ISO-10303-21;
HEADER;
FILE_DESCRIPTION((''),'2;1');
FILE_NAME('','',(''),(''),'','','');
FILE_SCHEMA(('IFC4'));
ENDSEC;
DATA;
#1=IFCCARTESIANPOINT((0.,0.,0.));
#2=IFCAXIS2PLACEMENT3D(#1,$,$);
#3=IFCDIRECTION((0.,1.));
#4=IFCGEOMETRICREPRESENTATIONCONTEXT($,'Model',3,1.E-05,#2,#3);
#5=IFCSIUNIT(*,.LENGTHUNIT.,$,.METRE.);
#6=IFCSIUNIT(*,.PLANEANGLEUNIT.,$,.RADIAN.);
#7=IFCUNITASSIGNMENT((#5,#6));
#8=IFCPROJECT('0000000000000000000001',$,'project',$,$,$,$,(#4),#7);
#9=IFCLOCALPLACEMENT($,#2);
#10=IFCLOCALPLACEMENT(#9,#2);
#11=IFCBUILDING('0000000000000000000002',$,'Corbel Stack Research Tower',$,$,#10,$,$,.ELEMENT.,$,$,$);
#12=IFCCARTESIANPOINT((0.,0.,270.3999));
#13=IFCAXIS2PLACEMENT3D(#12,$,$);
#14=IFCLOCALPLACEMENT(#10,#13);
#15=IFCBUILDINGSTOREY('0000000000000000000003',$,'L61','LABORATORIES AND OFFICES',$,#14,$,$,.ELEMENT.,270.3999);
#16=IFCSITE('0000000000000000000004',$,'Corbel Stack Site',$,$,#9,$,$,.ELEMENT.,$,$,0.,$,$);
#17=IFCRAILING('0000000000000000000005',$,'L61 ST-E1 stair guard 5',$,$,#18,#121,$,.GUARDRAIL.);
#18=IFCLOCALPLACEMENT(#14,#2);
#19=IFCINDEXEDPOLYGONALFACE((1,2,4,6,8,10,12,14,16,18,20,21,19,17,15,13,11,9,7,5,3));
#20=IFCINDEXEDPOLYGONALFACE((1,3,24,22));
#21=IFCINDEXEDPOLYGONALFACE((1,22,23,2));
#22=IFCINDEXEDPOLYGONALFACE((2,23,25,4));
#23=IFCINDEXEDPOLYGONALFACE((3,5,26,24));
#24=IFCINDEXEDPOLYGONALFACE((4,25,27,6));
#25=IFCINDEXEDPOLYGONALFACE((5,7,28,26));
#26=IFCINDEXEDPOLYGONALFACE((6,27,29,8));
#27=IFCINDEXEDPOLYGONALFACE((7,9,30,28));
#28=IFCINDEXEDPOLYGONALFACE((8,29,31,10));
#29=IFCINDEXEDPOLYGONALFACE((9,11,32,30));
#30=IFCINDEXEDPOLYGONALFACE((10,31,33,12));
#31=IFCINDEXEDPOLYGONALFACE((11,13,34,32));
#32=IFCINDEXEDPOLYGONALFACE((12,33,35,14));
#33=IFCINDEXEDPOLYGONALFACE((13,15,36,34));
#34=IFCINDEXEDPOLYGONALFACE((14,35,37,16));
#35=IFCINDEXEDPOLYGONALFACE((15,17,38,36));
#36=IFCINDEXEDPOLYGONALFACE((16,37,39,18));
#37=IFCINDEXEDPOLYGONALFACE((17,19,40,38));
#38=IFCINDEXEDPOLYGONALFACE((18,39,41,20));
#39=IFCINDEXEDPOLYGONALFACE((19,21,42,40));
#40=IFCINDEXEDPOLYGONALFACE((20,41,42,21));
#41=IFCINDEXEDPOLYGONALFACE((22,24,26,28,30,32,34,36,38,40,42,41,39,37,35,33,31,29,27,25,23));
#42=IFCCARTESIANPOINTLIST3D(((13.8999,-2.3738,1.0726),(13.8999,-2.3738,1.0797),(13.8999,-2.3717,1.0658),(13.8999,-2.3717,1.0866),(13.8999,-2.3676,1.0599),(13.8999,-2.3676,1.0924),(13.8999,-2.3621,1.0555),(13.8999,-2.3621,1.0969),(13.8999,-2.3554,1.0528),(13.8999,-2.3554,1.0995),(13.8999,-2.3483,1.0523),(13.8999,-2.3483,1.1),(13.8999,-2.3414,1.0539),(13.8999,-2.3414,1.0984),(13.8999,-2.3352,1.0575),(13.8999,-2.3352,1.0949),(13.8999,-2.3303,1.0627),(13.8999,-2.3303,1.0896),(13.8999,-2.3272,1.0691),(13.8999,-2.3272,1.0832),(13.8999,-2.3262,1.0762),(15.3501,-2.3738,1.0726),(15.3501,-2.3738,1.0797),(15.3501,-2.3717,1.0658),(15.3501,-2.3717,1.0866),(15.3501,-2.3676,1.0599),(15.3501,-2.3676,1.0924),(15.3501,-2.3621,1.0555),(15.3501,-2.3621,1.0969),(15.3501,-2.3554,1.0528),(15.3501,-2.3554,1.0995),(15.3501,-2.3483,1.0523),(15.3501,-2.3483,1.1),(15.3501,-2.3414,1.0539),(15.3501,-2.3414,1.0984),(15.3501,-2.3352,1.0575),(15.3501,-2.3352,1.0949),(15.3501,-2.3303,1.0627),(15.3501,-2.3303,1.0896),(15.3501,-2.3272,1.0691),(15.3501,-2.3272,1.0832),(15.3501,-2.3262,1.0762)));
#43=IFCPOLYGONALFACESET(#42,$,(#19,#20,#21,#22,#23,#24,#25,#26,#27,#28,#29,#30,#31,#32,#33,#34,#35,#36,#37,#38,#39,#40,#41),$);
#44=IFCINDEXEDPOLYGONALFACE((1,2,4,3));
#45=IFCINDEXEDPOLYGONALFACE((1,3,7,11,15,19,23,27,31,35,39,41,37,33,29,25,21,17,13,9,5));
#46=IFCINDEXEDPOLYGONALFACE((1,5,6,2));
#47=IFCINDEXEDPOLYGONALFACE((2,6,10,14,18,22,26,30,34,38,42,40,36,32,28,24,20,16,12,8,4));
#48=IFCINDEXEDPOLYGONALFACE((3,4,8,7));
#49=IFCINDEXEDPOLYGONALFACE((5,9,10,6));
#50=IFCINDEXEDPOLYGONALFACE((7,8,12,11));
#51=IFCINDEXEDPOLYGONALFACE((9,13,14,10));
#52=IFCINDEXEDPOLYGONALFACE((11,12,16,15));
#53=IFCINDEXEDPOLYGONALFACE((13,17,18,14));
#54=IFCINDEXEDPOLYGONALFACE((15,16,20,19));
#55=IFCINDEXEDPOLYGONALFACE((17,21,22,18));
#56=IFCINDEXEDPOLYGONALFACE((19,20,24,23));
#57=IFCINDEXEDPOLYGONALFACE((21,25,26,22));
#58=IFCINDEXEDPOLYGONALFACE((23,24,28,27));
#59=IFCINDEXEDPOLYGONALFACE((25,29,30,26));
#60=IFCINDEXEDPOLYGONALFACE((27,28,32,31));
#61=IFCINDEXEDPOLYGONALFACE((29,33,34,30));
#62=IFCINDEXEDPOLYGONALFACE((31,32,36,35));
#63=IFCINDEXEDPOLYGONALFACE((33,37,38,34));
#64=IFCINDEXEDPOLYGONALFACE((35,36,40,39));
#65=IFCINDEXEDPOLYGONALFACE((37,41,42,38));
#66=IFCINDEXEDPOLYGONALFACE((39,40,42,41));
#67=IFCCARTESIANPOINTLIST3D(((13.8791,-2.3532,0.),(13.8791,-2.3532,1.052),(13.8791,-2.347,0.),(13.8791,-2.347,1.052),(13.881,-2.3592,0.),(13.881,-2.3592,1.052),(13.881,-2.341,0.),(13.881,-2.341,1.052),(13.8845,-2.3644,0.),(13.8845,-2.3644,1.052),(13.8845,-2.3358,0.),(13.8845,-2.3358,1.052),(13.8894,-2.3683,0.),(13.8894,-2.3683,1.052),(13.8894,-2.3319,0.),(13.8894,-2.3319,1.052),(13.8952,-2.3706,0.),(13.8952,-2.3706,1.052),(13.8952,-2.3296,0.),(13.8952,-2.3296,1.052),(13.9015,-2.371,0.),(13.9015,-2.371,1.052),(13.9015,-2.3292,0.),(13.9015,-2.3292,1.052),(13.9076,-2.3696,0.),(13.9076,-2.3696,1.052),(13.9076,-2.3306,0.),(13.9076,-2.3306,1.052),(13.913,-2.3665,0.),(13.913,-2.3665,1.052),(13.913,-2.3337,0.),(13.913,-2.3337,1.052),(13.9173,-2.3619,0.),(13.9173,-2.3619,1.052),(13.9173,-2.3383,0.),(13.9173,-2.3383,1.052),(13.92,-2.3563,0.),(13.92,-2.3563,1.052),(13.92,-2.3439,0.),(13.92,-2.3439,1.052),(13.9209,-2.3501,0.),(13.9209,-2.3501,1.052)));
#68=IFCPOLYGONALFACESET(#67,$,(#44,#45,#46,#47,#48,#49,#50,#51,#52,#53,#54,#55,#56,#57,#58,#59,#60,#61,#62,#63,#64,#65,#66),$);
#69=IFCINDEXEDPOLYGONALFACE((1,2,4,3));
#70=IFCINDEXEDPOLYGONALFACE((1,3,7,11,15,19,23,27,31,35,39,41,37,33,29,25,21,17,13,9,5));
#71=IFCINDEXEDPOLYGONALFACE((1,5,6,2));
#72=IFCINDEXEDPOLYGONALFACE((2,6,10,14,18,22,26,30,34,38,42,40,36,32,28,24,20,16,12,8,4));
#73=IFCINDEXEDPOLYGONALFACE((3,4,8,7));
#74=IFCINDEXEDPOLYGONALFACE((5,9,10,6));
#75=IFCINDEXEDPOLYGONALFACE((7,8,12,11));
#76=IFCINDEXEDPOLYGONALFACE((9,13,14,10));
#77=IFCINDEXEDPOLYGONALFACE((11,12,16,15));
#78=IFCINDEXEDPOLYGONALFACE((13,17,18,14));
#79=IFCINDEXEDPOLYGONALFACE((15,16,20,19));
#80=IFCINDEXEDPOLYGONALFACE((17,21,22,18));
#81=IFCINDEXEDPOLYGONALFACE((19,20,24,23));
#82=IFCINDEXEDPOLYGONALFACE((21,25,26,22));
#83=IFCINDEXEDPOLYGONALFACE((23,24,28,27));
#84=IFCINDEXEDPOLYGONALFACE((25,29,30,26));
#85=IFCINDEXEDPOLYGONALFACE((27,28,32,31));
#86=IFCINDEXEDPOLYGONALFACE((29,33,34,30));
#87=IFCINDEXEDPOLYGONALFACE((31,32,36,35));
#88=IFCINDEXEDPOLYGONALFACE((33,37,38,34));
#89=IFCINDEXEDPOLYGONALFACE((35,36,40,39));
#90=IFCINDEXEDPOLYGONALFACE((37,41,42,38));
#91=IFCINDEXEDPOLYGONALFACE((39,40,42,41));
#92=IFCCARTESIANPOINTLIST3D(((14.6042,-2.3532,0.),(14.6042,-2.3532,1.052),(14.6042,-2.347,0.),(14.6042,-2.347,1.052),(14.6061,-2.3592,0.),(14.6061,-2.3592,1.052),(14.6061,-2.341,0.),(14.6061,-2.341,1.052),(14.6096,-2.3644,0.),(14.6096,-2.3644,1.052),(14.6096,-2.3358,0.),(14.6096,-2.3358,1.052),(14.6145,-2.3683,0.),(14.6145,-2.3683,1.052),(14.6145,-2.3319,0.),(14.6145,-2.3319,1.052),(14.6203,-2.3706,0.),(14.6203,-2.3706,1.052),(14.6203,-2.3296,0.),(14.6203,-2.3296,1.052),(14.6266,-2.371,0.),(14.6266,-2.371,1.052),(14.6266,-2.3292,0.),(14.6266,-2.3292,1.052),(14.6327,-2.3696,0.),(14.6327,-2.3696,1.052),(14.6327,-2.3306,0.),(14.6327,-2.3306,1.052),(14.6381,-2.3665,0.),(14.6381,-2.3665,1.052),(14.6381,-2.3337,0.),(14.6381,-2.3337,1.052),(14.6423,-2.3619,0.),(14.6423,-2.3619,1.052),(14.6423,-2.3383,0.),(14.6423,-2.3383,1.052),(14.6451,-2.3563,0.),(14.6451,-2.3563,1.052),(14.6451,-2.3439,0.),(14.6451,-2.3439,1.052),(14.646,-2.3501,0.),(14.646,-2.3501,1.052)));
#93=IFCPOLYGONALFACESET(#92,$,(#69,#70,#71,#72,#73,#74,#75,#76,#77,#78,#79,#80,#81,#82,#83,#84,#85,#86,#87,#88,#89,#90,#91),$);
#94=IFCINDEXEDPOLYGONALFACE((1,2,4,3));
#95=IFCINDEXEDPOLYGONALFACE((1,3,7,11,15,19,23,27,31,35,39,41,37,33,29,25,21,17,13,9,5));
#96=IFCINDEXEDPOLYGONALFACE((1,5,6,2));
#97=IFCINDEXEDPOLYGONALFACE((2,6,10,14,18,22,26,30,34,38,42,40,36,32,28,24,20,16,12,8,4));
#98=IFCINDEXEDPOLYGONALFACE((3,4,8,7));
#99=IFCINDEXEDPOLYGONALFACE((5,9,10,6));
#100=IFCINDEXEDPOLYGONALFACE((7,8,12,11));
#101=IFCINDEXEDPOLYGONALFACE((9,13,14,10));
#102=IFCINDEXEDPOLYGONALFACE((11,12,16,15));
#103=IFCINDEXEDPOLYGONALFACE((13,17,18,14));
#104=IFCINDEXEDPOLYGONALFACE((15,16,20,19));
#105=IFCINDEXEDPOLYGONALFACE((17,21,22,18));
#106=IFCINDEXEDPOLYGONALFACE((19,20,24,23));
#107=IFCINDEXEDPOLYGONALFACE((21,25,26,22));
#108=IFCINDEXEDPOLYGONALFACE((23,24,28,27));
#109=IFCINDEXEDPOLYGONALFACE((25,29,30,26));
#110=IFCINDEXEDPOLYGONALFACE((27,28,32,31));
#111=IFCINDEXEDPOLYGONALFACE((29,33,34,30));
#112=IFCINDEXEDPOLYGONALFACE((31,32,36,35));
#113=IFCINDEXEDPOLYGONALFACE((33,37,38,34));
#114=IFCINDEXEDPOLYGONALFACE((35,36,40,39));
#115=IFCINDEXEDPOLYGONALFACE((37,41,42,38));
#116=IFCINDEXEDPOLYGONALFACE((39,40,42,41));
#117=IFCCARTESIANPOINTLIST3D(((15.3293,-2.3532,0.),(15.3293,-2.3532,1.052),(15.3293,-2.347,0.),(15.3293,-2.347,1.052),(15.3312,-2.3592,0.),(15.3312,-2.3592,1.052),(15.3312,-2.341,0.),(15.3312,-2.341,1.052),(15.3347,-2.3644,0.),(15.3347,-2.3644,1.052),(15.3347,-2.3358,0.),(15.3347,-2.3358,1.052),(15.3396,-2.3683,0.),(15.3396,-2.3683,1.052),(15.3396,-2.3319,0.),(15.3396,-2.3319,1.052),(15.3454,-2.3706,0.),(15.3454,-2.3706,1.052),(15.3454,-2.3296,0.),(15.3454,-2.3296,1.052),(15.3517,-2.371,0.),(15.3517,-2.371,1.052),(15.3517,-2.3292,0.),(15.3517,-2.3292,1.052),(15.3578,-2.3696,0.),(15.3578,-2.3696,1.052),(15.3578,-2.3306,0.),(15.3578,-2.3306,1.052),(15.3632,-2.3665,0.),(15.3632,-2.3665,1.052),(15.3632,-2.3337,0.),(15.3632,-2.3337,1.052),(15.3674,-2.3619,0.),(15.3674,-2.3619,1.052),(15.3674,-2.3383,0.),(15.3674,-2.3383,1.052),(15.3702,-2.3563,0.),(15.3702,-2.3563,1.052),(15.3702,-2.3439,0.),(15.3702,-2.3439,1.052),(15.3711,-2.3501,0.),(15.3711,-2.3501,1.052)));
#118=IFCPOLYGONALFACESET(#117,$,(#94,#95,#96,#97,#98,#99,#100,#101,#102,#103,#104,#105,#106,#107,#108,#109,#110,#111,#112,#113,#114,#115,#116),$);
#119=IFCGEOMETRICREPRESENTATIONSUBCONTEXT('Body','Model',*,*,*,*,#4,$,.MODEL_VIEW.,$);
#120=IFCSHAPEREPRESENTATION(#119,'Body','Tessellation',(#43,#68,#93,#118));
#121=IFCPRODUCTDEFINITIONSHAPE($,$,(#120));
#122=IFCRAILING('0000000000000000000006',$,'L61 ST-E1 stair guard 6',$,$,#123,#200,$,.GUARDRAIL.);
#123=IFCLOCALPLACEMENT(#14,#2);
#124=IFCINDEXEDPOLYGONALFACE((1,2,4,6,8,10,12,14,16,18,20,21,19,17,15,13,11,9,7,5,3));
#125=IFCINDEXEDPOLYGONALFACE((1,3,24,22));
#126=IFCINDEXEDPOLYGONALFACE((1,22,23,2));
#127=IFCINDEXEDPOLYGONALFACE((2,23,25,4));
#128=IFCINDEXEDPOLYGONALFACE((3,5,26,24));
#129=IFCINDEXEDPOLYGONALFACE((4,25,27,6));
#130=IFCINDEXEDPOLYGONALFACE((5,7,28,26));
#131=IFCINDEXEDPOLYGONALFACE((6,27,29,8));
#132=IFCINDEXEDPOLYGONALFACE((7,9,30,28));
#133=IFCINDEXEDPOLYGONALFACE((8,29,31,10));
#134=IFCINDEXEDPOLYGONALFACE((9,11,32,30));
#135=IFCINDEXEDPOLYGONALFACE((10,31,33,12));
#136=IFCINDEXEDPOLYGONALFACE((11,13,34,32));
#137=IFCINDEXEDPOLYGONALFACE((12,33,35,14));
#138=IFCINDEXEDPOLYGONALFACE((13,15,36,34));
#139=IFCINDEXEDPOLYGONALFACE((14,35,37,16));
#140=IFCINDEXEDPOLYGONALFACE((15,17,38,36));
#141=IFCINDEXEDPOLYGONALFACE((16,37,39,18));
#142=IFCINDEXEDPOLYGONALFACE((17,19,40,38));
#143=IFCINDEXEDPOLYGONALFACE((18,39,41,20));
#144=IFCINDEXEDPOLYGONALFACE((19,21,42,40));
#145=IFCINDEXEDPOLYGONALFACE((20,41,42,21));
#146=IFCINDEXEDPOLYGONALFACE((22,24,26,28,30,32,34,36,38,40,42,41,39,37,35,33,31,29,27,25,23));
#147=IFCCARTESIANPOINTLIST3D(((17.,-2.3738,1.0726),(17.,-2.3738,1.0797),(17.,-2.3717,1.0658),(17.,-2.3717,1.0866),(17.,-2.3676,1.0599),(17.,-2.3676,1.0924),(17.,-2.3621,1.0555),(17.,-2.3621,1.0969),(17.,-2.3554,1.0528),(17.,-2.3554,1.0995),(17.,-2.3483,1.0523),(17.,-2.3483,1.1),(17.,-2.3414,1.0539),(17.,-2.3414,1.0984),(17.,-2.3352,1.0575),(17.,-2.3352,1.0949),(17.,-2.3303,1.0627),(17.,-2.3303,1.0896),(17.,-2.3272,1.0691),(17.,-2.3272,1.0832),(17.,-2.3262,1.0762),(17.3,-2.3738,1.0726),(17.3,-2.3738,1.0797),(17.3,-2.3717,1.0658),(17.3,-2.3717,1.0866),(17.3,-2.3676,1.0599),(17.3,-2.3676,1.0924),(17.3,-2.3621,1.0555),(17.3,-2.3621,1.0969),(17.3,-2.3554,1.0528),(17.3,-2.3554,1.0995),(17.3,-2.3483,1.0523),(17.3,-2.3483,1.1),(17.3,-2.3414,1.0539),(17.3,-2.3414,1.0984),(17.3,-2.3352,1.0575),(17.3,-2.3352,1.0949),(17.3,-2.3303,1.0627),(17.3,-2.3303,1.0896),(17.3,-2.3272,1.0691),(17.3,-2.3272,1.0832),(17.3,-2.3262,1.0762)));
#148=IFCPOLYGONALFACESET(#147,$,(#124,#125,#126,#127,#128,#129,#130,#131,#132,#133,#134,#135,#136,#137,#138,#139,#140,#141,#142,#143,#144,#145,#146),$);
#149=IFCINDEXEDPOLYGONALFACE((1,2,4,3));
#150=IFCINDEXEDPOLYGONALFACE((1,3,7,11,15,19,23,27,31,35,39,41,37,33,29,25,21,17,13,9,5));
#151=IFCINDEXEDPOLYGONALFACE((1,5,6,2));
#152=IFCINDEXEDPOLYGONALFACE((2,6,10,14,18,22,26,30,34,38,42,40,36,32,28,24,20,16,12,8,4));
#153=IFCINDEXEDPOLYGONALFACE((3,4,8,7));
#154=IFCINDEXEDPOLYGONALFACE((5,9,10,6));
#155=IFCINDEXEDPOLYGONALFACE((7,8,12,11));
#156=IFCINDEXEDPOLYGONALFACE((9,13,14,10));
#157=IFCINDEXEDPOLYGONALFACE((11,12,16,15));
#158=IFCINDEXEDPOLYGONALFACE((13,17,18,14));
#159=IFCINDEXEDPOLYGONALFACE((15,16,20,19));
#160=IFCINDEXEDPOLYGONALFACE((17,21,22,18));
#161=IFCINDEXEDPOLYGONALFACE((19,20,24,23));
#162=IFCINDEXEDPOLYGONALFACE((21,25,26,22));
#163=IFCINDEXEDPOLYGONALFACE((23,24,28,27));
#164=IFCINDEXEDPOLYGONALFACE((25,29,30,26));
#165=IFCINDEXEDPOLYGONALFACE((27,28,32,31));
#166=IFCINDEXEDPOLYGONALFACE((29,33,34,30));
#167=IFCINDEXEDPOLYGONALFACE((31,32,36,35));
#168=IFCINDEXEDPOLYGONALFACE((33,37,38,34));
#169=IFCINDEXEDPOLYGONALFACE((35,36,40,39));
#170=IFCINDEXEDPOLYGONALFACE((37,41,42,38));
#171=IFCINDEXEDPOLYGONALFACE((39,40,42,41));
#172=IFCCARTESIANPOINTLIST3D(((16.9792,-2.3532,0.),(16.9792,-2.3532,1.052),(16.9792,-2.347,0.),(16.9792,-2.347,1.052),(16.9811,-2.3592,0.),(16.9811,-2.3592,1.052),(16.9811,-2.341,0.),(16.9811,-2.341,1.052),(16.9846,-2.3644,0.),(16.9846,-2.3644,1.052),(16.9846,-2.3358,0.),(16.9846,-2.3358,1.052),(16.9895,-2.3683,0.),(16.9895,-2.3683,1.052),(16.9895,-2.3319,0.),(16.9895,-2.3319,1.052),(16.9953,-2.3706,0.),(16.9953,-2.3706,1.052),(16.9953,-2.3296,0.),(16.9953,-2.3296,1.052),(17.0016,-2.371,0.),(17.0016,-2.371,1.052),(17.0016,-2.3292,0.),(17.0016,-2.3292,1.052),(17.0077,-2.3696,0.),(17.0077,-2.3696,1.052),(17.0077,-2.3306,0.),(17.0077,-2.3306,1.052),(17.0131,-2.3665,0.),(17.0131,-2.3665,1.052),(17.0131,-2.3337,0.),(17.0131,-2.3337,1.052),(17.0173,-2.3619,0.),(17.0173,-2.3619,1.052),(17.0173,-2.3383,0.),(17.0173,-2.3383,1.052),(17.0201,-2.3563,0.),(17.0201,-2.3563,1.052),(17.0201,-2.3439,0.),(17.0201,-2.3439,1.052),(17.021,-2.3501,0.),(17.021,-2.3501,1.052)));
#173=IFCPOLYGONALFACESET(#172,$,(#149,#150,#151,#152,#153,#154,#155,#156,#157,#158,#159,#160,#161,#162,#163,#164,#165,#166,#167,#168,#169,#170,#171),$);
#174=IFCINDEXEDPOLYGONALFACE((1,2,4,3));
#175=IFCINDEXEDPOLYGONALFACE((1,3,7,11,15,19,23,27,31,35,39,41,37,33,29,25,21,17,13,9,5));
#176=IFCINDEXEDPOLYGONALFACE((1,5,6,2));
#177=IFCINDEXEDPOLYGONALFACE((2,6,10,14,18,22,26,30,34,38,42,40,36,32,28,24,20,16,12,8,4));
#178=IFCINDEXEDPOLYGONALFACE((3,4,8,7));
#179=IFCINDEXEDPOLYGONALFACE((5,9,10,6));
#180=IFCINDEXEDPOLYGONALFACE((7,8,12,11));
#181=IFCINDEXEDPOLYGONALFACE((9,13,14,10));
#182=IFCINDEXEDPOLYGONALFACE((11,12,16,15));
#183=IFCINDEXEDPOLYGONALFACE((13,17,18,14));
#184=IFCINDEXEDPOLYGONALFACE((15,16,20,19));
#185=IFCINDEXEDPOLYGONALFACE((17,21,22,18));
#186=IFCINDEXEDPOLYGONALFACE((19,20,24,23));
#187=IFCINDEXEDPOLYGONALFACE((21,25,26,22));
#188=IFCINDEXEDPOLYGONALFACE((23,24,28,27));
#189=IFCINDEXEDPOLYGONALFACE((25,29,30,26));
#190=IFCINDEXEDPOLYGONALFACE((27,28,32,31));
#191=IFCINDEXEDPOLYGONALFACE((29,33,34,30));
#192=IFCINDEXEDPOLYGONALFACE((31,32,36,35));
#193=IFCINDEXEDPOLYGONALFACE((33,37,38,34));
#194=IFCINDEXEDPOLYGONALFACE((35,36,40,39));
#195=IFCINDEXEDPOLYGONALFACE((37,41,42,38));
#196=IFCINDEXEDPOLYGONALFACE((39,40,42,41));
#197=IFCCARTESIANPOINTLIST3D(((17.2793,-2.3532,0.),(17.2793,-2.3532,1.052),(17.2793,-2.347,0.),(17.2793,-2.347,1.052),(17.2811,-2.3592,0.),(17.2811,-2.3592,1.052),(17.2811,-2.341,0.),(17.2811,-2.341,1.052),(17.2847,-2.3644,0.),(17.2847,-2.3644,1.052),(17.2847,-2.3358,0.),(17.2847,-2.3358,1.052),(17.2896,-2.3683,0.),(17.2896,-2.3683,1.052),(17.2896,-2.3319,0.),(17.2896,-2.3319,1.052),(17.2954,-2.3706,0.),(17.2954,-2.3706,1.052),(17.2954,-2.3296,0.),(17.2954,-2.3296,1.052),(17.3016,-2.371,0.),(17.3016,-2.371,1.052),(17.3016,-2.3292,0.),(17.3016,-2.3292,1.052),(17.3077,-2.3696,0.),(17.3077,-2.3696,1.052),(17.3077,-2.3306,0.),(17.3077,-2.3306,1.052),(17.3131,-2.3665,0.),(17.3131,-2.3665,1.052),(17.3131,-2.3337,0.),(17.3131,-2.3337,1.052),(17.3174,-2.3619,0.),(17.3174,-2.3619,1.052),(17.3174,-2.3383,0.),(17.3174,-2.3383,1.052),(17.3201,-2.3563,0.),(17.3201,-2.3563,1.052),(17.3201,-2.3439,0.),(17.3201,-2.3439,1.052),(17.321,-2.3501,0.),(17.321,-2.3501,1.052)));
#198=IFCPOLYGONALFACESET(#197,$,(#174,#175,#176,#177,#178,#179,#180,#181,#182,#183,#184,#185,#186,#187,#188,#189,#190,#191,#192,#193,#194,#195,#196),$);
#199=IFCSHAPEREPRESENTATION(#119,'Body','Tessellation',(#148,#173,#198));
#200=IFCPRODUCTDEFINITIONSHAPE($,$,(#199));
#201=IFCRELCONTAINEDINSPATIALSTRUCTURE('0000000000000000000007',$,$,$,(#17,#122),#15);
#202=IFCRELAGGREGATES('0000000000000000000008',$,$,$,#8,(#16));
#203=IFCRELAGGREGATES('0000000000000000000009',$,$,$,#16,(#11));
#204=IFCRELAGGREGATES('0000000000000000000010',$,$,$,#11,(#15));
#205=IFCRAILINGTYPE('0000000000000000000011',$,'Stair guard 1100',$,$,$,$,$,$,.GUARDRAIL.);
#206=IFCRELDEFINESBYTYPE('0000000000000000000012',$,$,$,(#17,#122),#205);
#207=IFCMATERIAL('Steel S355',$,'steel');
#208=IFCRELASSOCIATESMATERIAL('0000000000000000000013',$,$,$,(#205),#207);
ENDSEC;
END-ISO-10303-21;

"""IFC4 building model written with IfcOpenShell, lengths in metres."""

from ifc_helpers import new_model, si_unit, direction, frame, origin, origin_2d, place, context, subcontext, project, spatial, circle, extrude, material, type_object, element, save


model = new_model("IFC4")

# Units and contexts
model_context = context("Model", 3, precision=1e-05, world=origin(), true_north=direction((0.0, 1.0)))
body_context = subcontext(model_context, "Body", "Model", "MODEL_VIEW")
ifc_project = project(units=[si_unit("LENGTHUNIT", "METRE"), si_unit("PLANEANGLEUNIT", "RADIAN")], contexts=[model_context])

# Site, building, storey
site_placement = place(None, origin())
site = spatial("IfcSite", under=ifc_project, at=site_placement, Name="Corbel Stack Site", CompositionType="ELEMENT", RefElevation=0.0)
building_placement = place(site_placement, origin())
building = spatial("IfcBuilding", under=site, at=building_placement, Name="Corbel Stack Research Tower", CompositionType="ELEMENT")
storey_placement = place(building_placement, frame((0.0, 0.0, 270.3999)))
storey = spatial("IfcBuildingStorey", under=building, at=storey_placement, Name="L61", Description="LABORATORIES AND OFFICES", CompositionType="ELEMENT", Elevation=270.3999)

# Railings
ifc_material_1 = material(Name="Steel S355", Category="steel")
railing_type_1 = type_object("IfcRailingType", Name="Stair guard 1100", PredefinedType="GUARDRAIL", material=ifc_material_1)
railing_1_placement = place(storey_placement, frame((13.8999, -2.3501, 0.0)))
element("IfcRailing", 1, at=railing_1_placement, inside=storey, type_object=railing_type_1, Name="L61 ST-E1 stair guard 5", PredefinedType="GUARDRAIL", context=body_context, shape_type="SweptSolid", body=[
    extrude(circle(Radius=0.0239, at=origin_2d()), frame((0.0, 0.0, 1.0762), z_axis=(1.0, 0.0, 0.0), x_axis=(0.0, 1.0, 0.0)), (0.0, 0.0, 1.0), 1.4502),
    extrude(circle(Radius=0.021, at=origin_2d()), origin(), (0.0, 0.0, 1.0), 1.052),
    extrude(circle(Radius=0.021, at=origin_2d()), frame((0.7251, 0.0, 0.0)), (0.0, 0.0, 1.0), 1.052),
    extrude(circle(Radius=0.021, at=origin_2d()), frame((1.4502, 0.0, 0.0)), (0.0, 0.0, 1.0), 1.052),
])
railing_2_placement = place(storey_placement, frame((17.0, -2.3501, 0.0)))
element("IfcRailing", 2, at=railing_2_placement, inside=storey, type_object=railing_type_1, Name="L61 ST-E1 stair guard 6", PredefinedType="GUARDRAIL", context=body_context, shape_type="SweptSolid", body=[
    extrude(circle(Radius=0.0239, at=origin_2d()), frame((0.0, 0.0, 1.0762), z_axis=(1.0, 0.0, 0.0), x_axis=(0.0, 1.0, 0.0)), (0.0, 0.0, 1.0), 0.3),
    extrude(circle(Radius=0.021, at=origin_2d()), origin(), (0.0, 0.0, 1.0), 1.052),
    extrude(circle(Radius=0.021, at=origin_2d()), frame((0.3, 0.0, 0.0)), (0.0, 0.0, 1.0), 1.052),
])

save(model, "model.ifc")
